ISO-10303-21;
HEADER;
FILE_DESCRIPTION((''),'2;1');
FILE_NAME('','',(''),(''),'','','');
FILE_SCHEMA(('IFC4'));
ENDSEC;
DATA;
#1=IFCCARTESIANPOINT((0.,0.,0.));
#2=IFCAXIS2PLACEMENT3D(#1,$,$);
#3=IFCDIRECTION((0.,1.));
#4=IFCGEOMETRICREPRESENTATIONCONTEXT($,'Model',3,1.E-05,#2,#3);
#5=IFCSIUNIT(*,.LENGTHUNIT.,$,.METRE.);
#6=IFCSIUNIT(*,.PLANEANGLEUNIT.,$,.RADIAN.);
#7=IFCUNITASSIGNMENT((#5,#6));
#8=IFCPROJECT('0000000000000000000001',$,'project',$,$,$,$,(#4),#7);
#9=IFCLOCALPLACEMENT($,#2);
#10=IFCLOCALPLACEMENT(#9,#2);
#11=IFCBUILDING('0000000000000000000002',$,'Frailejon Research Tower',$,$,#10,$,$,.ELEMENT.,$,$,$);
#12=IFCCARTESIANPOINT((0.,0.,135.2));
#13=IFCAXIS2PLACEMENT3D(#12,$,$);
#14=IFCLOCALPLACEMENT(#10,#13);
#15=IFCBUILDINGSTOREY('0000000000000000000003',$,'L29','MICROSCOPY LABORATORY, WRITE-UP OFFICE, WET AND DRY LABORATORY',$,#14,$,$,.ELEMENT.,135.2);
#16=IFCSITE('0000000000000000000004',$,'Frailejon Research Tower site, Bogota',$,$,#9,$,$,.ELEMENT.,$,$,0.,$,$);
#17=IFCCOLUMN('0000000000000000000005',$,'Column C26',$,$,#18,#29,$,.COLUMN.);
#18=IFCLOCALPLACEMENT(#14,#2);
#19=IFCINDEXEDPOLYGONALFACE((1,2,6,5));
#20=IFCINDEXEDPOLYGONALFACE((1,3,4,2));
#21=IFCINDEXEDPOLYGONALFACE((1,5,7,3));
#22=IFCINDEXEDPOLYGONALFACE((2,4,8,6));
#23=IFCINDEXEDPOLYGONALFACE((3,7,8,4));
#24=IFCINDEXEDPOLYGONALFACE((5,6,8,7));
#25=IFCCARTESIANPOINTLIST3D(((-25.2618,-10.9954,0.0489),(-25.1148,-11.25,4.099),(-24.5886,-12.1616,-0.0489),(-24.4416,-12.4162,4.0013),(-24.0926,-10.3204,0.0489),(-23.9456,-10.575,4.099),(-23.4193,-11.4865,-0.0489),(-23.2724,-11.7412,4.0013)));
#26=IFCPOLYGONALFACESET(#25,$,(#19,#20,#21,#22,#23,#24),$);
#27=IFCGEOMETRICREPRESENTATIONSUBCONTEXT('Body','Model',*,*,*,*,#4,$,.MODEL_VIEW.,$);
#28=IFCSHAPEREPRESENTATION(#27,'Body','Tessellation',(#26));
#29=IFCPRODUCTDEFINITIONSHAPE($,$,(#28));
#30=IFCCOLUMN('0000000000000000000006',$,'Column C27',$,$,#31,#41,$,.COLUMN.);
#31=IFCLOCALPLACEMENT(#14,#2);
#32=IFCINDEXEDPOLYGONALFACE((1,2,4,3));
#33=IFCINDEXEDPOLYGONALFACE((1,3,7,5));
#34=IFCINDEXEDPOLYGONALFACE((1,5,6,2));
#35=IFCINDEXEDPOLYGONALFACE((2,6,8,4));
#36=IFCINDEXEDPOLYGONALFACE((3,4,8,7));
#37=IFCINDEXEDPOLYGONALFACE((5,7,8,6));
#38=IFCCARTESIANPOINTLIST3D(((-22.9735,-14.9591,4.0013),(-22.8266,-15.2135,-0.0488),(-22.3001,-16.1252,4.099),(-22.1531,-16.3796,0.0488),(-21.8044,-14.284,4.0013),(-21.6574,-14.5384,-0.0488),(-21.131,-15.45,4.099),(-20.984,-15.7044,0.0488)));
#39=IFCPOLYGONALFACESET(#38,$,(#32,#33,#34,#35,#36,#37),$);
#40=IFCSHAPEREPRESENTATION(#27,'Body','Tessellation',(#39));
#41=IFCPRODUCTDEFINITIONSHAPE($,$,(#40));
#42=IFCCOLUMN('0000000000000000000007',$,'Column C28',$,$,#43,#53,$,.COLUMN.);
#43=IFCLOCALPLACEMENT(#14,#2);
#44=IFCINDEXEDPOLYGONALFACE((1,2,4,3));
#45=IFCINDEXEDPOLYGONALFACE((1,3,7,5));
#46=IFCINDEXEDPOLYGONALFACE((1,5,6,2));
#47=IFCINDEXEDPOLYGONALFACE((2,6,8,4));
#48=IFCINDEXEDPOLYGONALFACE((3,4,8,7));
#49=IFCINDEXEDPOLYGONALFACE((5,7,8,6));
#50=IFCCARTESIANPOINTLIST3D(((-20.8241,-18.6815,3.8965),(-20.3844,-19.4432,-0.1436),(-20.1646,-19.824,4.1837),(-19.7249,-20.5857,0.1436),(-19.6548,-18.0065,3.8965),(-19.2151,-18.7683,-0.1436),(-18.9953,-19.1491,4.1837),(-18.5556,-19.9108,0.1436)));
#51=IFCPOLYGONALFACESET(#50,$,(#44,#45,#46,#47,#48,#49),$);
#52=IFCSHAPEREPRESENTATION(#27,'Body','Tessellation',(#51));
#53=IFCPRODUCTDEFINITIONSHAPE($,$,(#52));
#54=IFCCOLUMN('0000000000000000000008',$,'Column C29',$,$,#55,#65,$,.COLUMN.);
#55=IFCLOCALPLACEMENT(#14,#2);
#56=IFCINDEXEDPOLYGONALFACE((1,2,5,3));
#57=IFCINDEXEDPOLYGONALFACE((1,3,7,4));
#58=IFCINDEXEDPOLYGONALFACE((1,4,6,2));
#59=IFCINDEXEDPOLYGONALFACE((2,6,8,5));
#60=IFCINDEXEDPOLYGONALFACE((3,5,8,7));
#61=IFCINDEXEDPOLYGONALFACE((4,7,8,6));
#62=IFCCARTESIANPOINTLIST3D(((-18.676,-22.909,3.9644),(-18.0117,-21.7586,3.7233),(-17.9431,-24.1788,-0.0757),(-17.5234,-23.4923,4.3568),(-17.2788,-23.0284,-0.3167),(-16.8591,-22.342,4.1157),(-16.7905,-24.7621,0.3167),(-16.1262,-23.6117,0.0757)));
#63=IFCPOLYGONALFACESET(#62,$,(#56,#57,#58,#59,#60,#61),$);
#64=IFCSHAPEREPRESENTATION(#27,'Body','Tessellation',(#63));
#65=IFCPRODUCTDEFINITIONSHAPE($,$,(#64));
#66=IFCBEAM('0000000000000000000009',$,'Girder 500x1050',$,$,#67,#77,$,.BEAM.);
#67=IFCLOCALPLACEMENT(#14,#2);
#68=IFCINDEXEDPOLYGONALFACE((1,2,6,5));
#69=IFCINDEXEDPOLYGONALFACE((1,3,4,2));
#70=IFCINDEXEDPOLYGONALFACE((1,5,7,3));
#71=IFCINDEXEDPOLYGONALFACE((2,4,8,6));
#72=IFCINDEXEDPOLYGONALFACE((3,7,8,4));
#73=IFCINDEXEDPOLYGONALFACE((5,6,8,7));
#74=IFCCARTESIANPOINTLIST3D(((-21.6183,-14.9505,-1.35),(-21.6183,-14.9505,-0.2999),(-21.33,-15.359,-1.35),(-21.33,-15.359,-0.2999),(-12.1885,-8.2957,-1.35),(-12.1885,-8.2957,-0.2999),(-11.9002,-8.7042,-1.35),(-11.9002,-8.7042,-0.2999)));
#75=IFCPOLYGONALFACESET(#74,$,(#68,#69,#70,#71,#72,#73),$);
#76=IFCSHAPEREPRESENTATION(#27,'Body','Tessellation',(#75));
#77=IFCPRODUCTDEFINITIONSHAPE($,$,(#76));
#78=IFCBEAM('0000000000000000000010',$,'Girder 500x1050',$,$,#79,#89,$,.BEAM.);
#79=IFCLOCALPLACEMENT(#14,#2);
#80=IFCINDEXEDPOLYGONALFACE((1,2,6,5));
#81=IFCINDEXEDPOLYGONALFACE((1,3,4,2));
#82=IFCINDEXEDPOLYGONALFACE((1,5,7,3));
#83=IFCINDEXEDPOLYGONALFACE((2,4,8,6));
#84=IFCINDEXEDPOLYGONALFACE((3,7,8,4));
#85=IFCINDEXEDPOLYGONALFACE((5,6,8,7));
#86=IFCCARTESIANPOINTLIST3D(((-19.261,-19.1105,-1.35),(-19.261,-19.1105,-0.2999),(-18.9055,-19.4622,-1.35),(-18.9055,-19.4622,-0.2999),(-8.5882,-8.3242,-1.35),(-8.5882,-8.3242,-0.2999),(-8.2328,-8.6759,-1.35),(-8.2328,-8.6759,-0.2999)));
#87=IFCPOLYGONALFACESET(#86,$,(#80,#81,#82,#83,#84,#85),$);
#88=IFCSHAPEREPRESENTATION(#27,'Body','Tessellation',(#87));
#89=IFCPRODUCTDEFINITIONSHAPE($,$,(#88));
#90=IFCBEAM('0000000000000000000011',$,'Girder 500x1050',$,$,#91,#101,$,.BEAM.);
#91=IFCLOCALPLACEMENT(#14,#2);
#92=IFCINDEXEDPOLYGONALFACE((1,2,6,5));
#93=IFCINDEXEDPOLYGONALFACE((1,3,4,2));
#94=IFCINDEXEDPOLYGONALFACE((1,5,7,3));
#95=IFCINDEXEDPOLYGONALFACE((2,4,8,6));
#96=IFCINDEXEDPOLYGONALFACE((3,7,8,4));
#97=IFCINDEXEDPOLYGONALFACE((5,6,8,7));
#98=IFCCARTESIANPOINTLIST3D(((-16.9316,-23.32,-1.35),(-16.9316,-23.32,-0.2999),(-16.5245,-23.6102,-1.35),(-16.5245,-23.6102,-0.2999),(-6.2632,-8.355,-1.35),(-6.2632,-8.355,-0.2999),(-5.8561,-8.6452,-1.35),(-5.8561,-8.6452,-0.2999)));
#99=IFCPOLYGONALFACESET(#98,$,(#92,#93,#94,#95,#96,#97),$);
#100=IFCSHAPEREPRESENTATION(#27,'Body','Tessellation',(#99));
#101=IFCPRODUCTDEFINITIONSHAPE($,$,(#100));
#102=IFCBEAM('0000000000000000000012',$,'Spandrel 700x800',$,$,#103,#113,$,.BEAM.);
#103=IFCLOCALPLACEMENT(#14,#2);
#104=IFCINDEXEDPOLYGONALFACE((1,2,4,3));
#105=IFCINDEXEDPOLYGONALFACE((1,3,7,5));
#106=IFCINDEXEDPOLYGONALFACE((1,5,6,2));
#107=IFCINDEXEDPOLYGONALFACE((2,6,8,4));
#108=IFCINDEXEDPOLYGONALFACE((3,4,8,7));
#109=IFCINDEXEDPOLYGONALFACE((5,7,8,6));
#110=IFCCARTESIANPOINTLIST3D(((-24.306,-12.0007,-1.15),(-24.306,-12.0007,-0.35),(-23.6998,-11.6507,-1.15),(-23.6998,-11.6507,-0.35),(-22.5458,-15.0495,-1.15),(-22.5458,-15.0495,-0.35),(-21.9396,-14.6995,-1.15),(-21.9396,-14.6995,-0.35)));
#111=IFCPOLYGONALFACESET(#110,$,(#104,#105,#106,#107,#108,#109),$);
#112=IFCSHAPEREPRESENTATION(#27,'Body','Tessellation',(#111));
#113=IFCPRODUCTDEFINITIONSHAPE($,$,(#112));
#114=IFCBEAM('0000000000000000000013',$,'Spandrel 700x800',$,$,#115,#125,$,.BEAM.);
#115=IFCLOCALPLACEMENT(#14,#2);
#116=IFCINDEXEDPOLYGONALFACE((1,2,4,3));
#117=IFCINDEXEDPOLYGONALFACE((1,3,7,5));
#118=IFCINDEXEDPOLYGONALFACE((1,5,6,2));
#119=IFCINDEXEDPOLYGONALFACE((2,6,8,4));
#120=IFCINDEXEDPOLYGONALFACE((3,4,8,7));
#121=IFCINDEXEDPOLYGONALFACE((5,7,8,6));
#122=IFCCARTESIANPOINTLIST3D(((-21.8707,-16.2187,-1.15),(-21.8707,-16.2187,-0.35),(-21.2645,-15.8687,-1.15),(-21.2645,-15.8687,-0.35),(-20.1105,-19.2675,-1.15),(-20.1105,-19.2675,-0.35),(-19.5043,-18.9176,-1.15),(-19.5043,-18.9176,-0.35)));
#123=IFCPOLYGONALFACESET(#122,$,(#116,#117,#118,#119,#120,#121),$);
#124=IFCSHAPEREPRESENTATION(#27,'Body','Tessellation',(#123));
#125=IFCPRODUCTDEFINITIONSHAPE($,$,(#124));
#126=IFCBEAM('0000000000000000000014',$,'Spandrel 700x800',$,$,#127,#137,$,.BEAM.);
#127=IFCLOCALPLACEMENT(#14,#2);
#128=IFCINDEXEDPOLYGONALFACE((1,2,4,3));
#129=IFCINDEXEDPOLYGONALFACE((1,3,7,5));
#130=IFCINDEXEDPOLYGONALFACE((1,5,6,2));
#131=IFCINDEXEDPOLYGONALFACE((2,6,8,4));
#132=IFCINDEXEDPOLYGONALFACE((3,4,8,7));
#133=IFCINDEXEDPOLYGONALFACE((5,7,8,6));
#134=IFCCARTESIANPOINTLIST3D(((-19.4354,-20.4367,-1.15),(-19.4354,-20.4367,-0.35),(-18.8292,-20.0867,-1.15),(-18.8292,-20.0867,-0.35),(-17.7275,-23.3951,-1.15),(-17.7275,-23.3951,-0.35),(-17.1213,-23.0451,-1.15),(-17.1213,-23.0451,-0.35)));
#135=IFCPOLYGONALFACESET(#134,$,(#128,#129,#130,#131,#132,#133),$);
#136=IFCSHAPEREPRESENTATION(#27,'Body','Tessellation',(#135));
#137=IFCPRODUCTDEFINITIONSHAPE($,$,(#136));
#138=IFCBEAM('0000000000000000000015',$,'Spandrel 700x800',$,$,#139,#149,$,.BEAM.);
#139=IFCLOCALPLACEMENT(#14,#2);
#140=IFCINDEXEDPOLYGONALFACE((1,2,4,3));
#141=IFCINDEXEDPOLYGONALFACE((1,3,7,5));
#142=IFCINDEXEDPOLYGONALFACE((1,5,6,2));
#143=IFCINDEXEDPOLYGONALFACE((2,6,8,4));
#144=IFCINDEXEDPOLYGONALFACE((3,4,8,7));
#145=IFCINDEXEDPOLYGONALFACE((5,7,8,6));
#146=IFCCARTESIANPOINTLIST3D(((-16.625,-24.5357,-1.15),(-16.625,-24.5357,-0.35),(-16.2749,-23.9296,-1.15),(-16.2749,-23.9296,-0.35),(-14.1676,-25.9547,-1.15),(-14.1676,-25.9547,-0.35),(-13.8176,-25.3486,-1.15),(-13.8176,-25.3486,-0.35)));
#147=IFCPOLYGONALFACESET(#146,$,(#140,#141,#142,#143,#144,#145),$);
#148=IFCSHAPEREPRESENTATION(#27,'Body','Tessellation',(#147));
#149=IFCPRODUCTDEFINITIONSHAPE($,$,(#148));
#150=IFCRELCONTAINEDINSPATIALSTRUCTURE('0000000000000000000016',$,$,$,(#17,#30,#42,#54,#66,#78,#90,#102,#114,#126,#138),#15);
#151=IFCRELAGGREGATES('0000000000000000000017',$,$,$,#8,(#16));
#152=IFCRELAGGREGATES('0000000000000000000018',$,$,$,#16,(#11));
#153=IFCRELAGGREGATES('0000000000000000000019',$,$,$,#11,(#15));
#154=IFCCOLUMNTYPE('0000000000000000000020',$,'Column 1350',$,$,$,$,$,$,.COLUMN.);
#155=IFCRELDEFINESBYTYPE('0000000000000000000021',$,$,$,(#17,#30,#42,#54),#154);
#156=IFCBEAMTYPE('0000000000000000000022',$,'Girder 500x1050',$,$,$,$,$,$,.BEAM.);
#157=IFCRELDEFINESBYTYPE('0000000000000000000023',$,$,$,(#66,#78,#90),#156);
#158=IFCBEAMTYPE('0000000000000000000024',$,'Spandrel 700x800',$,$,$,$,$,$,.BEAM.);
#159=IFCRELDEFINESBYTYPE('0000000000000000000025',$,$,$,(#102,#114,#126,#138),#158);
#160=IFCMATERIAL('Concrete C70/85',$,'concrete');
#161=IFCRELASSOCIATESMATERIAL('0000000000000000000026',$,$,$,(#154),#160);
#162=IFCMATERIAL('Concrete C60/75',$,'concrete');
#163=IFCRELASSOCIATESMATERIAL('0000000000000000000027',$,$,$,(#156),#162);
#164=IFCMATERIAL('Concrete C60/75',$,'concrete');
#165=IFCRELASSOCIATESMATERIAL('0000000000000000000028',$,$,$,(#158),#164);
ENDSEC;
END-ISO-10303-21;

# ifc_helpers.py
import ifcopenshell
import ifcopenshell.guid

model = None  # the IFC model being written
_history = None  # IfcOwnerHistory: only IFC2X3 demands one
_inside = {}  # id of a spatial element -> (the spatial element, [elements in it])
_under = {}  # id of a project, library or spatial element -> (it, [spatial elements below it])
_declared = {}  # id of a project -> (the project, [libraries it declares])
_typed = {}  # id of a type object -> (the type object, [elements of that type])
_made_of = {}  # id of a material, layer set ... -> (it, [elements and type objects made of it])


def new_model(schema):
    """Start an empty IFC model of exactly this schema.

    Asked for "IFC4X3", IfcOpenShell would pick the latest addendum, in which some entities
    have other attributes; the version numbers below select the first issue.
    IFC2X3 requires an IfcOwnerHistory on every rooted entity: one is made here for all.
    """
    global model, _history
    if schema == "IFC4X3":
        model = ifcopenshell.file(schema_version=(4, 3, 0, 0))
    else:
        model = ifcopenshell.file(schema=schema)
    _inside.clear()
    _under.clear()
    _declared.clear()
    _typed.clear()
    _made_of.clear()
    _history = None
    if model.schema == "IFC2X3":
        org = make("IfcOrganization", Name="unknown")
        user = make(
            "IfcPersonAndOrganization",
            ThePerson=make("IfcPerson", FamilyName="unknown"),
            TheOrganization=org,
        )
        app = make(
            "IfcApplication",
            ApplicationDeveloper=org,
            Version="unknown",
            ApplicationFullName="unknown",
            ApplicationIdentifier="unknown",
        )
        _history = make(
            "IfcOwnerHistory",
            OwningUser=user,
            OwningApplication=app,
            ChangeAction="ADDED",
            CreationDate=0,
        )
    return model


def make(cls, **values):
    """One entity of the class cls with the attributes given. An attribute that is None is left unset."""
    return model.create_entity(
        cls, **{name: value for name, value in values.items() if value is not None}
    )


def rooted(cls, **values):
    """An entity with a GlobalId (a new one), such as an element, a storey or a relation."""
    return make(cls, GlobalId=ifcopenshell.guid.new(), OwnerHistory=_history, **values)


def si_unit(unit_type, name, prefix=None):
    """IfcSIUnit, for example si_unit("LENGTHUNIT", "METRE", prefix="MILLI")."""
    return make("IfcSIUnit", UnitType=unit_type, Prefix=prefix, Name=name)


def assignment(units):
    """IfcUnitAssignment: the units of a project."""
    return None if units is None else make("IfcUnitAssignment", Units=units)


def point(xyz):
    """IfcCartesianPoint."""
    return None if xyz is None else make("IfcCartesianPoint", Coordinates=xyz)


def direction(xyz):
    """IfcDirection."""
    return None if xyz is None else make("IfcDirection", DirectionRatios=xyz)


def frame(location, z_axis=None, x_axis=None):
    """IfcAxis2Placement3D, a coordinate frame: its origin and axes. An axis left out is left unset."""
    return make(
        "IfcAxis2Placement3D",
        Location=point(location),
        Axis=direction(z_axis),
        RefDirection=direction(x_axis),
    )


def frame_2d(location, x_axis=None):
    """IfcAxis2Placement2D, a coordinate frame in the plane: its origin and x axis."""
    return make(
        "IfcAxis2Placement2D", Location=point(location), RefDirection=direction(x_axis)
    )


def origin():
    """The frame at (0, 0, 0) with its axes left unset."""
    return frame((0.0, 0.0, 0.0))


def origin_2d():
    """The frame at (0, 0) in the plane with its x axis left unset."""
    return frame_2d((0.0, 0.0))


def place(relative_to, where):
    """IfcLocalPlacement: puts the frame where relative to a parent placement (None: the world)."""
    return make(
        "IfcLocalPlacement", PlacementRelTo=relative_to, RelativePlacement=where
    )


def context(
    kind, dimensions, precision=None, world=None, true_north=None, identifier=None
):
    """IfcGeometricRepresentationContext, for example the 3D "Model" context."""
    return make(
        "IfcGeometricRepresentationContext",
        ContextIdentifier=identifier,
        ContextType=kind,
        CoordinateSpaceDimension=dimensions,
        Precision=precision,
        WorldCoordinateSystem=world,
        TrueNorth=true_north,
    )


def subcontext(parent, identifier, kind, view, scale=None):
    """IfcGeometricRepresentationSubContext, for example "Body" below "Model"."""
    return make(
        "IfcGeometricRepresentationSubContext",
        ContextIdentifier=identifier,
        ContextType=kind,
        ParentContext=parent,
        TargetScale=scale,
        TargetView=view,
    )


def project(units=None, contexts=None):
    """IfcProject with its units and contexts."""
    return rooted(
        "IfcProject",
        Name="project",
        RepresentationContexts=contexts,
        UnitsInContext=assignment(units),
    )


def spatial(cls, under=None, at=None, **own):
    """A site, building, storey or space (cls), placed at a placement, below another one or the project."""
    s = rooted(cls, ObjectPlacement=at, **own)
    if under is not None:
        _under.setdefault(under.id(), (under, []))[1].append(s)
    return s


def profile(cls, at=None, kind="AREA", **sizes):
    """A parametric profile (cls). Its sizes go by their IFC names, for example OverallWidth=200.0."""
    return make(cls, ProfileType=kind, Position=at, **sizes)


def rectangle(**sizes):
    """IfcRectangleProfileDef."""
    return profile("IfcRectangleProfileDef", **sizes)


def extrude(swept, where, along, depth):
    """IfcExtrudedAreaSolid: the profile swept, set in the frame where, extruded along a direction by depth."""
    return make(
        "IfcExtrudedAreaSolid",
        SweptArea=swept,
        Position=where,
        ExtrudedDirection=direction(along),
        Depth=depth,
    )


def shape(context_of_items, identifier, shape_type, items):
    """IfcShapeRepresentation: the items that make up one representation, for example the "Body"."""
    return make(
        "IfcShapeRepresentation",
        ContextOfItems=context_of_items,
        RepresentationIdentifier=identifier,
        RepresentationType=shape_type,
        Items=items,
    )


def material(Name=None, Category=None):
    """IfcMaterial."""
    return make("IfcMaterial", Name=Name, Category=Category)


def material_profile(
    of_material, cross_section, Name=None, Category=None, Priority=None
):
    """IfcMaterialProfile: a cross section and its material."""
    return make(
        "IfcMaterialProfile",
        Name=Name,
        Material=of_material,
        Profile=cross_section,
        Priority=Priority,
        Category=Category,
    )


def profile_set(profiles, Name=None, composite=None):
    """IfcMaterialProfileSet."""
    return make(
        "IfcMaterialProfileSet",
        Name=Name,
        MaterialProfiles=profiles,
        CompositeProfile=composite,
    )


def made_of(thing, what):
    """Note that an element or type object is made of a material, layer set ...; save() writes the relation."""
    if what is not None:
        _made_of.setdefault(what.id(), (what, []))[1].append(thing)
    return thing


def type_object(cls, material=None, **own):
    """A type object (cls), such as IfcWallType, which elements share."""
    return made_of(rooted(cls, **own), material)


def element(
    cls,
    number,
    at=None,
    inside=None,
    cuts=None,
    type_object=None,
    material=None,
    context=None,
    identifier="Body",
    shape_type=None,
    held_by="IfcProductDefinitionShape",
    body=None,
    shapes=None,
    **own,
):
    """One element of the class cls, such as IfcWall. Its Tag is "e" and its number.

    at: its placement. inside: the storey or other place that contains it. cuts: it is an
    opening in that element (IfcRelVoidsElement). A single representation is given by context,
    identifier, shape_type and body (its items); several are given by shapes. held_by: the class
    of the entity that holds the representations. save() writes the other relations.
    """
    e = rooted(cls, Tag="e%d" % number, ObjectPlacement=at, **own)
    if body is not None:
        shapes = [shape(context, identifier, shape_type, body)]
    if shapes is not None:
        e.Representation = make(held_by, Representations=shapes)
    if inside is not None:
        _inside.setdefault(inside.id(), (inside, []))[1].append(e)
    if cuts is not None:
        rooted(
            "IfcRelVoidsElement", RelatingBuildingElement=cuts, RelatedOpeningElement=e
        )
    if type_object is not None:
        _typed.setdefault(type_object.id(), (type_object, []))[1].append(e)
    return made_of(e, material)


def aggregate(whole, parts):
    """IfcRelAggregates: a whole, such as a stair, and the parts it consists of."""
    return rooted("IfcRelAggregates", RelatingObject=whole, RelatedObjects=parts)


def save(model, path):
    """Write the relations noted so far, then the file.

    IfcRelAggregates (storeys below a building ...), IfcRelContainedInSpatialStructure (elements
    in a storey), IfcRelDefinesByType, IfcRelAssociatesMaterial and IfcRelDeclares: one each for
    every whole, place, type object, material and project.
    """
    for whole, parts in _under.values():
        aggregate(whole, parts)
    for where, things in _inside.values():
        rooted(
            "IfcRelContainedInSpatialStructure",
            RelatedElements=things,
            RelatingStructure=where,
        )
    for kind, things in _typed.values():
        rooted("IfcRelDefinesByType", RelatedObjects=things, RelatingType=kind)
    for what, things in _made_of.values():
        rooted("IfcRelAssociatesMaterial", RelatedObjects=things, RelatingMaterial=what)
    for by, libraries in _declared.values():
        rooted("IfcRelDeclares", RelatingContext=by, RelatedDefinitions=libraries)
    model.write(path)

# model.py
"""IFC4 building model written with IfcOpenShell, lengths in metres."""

from ifc_helpers import new_model, si_unit, direction, frame, origin, origin_2d, place, context, subcontext, project, spatial, rectangle, extrude, material, material_profile, profile_set, type_object, element, save


model = new_model("IFC4")

# Units and contexts
model_context = context("Model", 3, precision=1e-05, world=origin(), true_north=direction((0.0, 1.0)))
body_context = subcontext(model_context, "Body", "Model", "MODEL_VIEW")
ifc_project = project(units=[si_unit("LENGTHUNIT", "METRE"), si_unit("PLANEANGLEUNIT", "RADIAN")], contexts=[model_context])

# Site, building, storey
site_placement = place(None, origin())
site = spatial("IfcSite", under=ifc_project, at=site_placement, Name="Frailejon Research Tower site, Bogota", CompositionType="ELEMENT", RefElevation=0.0)
building_placement = place(site_placement, origin())
building = spatial("IfcBuilding", under=site, at=building_placement, Name="Frailejon Research Tower", CompositionType="ELEMENT")
storey_placement = place(building_placement, frame((0.0, 0.0, 135.2)))
storey = spatial("IfcBuildingStorey", under=building, at=storey_placement, Name="L29", Description="MICROSCOPY LABORATORY, WRITE-UP OFFICE, WET AND DRY LABORATORY", CompositionType="ELEMENT", Elevation=135.2)

# Columns
ifc_material_1 = material(Name="Concrete C70/85", Category="concrete")
ifc_material_profile_1 = material_profile(ifc_material_1, rectangle(XDim=1.3501, YDim=1.3501, at=origin_2d()), Name="Column 1350")
ifc_profile_set_1 = profile_set([ifc_material_profile_1], Name="Concrete C70/85")
column_type = type_object("IfcColumnType", Name="Column 1350", PredefinedType="COLUMN", material=ifc_profile_set_1)
for number, where, z_axis, x_axis, name in (
    (1, (-24.3406, -11.241, 0.0), (0.036194, -0.062708, 0.997375), (0.498666, -0.863765, -0.072404), "Column C26"),
    (2, (-21.9053, -15.459, 0.0), (-0.036194, 0.062648, 0.997379), (0.498791, -0.863697, 0.072352), "Column C27"),
):
    element("IfcColumn", number, at=place(storey_placement, frame(where, z_axis=z_axis, x_axis=x_axis)), inside=storey, type_object=column_type, Name=name, PredefinedType="COLUMN", context=body_context, shape_type="SweptSolid", body=[
        extrude(rectangle(XDim=1.3501, YDim=1.3501, at=origin_2d()), origin(), (0.0, 0.0, 1.0), 4.0608),
    ])
column_1_placement = place(storey_placement, frame((-19.47, -19.677, 0.0), z_axis=(-0.106344, 0.184227, 0.977114), x_axis=(0.488465, -0.846258, 0.212718)))
element("IfcColumn", 3, at=column_1_placement, inside=storey, type_object=column_type, Name="Column C28", PredefinedType="COLUMN", context=body_context, shape_type="SweptSolid", body=[
    extrude(rectangle(XDim=1.3501, YDim=1.3501, at=origin_2d()), origin(), (0.0, 0.0, 1.0), 4.1348),
])
column_2_placement = place(storey_placement, frame((-17.0347, -23.8953, 0.0), z_axis=(-0.17053, 0.295445, 0.940017), x_axis=(0.853708, -0.432077, 0.290674)))
element("IfcColumn", 4, at=column_2_placement, inside=storey, type_object=column_type, Name="Column C29", PredefinedType="COLUMN", context=body_context, shape_type="SweptSolid", body=[
    extrude(rectangle(XDim=1.3501, YDim=1.3501, at=origin_2d()), origin(), (0.0, 0.0, 1.0), 4.2979),
])

# Beams
ifc_material_2 = material(Name="Concrete C60/75", Category="concrete")
ifc_material_profile_2 = material_profile(ifc_material_2, rectangle(XDim=0.5, YDim=1.05, at=origin_2d()), Name="Girder 500x1050")
ifc_profile_set_2 = profile_set([ifc_material_profile_2], Name="Concrete C60/75")
beam_type_1 = type_object("IfcBeamType", Name="Girder 500x1050", PredefinedType="BEAM", material=ifc_profile_set_2)
beam_1_placement = place(storey_placement, frame((-21.4741, -15.1548, -0.825), z_axis=(0.817028, 0.576598, 0.0), x_axis=(-0.576598, 0.817028, 0.0)))
element("IfcBeam", 5, at=beam_1_placement, inside=storey, type_object=beam_type_1, Name="Girder 500x1050", PredefinedType="BEAM", context=body_context, shape_type="SweptSolid", body=[
    extrude(rectangle(XDim=0.5, YDim=1.05, at=origin_2d()), origin(), (0.0, 0.0, 1.0), 11.5415),
])
beam_2_placement = place(storey_placement, frame((-19.0833, -19.2864, -0.825), z_axis=(0.703356, 0.710838, 0.0), x_axis=(-0.710838, 0.703356, 0.0)))
element("IfcBeam", 6, at=beam_2_placement, inside=storey, type_object=beam_type_1, Name="Girder 500x1050", PredefinedType="BEAM", context=body_context, shape_type="SweptSolid", body=[
    extrude(rectangle(XDim=0.5, YDim=1.05, at=origin_2d()), origin(), (0.0, 0.0, 1.0), 15.1741),
])
beam_3_placement = place(storey_placement, frame((-16.728, -23.4651, -0.825), z_axis=(0.580485, 0.814271, 0.0), x_axis=(-0.814271, 0.580485, 0.0)))
element("IfcBeam", 7, at=beam_3_placement, inside=storey, type_object=beam_type_1, Name="Girder 500x1050", PredefinedType="BEAM", context=body_context, shape_type="SweptSolid", body=[
    extrude(rectangle(XDim=0.5, YDim=1.05, at=origin_2d()), origin(), (0.0, 0.0, 1.0), 18.3784),
])
ifc_material_3 = material(Name="Concrete C60/75", Category="concrete")
ifc_material_profile_3 = material_profile(ifc_material_3, rectangle(XDim=0.7, YDim=0.8, at=origin_2d()), Name="Spandrel 700x800")
ifc_profile_set_3 = profile_set([ifc_material_profile_3], Name="Concrete C60/75")
beam_type_2 = type_object("IfcBeamType", Name="Spandrel 700x800", PredefinedType="BEAM", material=ifc_profile_set_3)
for number, where, z_axis, x_axis, name in (
    (8, (-24.0029, -11.8257, -0.75), (0.500003, -0.866024, 0.0), (0.866024, 0.500003, 0.0), "Spandrel 700x800"),
    (9, (-21.5676, -16.0437, -0.75), (0.500003, -0.866024, 0.0), (0.866024, 0.500003, 0.0), "Spandrel 700x800"),
):
    element("IfcBeam", number, at=place(storey_placement, frame(where, z_axis=z_axis, x_axis=x_axis)), inside=storey, type_object=beam_type_2, Name=name, PredefinedType="BEAM", context=body_context, shape_type="SweptSolid", body=[
        extrude(rectangle(XDim=0.7, YDim=0.8, at=origin_2d()), origin(), (0.0, 0.0, 1.0), 3.5205),
    ])
beam_4_placement = place(storey_placement, frame((-19.1323, -20.2617, -0.75), z_axis=(0.499982, -0.866036, 0.0), x_axis=(0.866036, 0.499982, 0.0)))
element("IfcBeam", 10, at=beam_4_placement, inside=storey, type_object=beam_type_2, Name="Spandrel 700x800", PredefinedType="BEAM", context=body_context, shape_type="SweptSolid", body=[
    extrude(rectangle(XDim=0.7, YDim=0.8, at=origin_2d()), origin(), (0.0, 0.0, 1.0), 3.416),
])
beam_5_placement = place(storey_placement, frame((-16.45, -24.2327, -0.75), z_axis=(0.865989, -0.500063, 0.0), x_axis=(0.500063, 0.865989, 0.0)))
element("IfcBeam", 11, at=beam_5_placement, inside=storey, type_object=beam_type_2, Name="Spandrel 700x800", PredefinedType="BEAM", context=body_context, shape_type="SweptSolid", body=[
    extrude(rectangle(XDim=0.7, YDim=0.8, at=origin_2d()), origin(), (0.0, 0.0, 1.0), 2.8376),
])

save(model, "model.ifc")
